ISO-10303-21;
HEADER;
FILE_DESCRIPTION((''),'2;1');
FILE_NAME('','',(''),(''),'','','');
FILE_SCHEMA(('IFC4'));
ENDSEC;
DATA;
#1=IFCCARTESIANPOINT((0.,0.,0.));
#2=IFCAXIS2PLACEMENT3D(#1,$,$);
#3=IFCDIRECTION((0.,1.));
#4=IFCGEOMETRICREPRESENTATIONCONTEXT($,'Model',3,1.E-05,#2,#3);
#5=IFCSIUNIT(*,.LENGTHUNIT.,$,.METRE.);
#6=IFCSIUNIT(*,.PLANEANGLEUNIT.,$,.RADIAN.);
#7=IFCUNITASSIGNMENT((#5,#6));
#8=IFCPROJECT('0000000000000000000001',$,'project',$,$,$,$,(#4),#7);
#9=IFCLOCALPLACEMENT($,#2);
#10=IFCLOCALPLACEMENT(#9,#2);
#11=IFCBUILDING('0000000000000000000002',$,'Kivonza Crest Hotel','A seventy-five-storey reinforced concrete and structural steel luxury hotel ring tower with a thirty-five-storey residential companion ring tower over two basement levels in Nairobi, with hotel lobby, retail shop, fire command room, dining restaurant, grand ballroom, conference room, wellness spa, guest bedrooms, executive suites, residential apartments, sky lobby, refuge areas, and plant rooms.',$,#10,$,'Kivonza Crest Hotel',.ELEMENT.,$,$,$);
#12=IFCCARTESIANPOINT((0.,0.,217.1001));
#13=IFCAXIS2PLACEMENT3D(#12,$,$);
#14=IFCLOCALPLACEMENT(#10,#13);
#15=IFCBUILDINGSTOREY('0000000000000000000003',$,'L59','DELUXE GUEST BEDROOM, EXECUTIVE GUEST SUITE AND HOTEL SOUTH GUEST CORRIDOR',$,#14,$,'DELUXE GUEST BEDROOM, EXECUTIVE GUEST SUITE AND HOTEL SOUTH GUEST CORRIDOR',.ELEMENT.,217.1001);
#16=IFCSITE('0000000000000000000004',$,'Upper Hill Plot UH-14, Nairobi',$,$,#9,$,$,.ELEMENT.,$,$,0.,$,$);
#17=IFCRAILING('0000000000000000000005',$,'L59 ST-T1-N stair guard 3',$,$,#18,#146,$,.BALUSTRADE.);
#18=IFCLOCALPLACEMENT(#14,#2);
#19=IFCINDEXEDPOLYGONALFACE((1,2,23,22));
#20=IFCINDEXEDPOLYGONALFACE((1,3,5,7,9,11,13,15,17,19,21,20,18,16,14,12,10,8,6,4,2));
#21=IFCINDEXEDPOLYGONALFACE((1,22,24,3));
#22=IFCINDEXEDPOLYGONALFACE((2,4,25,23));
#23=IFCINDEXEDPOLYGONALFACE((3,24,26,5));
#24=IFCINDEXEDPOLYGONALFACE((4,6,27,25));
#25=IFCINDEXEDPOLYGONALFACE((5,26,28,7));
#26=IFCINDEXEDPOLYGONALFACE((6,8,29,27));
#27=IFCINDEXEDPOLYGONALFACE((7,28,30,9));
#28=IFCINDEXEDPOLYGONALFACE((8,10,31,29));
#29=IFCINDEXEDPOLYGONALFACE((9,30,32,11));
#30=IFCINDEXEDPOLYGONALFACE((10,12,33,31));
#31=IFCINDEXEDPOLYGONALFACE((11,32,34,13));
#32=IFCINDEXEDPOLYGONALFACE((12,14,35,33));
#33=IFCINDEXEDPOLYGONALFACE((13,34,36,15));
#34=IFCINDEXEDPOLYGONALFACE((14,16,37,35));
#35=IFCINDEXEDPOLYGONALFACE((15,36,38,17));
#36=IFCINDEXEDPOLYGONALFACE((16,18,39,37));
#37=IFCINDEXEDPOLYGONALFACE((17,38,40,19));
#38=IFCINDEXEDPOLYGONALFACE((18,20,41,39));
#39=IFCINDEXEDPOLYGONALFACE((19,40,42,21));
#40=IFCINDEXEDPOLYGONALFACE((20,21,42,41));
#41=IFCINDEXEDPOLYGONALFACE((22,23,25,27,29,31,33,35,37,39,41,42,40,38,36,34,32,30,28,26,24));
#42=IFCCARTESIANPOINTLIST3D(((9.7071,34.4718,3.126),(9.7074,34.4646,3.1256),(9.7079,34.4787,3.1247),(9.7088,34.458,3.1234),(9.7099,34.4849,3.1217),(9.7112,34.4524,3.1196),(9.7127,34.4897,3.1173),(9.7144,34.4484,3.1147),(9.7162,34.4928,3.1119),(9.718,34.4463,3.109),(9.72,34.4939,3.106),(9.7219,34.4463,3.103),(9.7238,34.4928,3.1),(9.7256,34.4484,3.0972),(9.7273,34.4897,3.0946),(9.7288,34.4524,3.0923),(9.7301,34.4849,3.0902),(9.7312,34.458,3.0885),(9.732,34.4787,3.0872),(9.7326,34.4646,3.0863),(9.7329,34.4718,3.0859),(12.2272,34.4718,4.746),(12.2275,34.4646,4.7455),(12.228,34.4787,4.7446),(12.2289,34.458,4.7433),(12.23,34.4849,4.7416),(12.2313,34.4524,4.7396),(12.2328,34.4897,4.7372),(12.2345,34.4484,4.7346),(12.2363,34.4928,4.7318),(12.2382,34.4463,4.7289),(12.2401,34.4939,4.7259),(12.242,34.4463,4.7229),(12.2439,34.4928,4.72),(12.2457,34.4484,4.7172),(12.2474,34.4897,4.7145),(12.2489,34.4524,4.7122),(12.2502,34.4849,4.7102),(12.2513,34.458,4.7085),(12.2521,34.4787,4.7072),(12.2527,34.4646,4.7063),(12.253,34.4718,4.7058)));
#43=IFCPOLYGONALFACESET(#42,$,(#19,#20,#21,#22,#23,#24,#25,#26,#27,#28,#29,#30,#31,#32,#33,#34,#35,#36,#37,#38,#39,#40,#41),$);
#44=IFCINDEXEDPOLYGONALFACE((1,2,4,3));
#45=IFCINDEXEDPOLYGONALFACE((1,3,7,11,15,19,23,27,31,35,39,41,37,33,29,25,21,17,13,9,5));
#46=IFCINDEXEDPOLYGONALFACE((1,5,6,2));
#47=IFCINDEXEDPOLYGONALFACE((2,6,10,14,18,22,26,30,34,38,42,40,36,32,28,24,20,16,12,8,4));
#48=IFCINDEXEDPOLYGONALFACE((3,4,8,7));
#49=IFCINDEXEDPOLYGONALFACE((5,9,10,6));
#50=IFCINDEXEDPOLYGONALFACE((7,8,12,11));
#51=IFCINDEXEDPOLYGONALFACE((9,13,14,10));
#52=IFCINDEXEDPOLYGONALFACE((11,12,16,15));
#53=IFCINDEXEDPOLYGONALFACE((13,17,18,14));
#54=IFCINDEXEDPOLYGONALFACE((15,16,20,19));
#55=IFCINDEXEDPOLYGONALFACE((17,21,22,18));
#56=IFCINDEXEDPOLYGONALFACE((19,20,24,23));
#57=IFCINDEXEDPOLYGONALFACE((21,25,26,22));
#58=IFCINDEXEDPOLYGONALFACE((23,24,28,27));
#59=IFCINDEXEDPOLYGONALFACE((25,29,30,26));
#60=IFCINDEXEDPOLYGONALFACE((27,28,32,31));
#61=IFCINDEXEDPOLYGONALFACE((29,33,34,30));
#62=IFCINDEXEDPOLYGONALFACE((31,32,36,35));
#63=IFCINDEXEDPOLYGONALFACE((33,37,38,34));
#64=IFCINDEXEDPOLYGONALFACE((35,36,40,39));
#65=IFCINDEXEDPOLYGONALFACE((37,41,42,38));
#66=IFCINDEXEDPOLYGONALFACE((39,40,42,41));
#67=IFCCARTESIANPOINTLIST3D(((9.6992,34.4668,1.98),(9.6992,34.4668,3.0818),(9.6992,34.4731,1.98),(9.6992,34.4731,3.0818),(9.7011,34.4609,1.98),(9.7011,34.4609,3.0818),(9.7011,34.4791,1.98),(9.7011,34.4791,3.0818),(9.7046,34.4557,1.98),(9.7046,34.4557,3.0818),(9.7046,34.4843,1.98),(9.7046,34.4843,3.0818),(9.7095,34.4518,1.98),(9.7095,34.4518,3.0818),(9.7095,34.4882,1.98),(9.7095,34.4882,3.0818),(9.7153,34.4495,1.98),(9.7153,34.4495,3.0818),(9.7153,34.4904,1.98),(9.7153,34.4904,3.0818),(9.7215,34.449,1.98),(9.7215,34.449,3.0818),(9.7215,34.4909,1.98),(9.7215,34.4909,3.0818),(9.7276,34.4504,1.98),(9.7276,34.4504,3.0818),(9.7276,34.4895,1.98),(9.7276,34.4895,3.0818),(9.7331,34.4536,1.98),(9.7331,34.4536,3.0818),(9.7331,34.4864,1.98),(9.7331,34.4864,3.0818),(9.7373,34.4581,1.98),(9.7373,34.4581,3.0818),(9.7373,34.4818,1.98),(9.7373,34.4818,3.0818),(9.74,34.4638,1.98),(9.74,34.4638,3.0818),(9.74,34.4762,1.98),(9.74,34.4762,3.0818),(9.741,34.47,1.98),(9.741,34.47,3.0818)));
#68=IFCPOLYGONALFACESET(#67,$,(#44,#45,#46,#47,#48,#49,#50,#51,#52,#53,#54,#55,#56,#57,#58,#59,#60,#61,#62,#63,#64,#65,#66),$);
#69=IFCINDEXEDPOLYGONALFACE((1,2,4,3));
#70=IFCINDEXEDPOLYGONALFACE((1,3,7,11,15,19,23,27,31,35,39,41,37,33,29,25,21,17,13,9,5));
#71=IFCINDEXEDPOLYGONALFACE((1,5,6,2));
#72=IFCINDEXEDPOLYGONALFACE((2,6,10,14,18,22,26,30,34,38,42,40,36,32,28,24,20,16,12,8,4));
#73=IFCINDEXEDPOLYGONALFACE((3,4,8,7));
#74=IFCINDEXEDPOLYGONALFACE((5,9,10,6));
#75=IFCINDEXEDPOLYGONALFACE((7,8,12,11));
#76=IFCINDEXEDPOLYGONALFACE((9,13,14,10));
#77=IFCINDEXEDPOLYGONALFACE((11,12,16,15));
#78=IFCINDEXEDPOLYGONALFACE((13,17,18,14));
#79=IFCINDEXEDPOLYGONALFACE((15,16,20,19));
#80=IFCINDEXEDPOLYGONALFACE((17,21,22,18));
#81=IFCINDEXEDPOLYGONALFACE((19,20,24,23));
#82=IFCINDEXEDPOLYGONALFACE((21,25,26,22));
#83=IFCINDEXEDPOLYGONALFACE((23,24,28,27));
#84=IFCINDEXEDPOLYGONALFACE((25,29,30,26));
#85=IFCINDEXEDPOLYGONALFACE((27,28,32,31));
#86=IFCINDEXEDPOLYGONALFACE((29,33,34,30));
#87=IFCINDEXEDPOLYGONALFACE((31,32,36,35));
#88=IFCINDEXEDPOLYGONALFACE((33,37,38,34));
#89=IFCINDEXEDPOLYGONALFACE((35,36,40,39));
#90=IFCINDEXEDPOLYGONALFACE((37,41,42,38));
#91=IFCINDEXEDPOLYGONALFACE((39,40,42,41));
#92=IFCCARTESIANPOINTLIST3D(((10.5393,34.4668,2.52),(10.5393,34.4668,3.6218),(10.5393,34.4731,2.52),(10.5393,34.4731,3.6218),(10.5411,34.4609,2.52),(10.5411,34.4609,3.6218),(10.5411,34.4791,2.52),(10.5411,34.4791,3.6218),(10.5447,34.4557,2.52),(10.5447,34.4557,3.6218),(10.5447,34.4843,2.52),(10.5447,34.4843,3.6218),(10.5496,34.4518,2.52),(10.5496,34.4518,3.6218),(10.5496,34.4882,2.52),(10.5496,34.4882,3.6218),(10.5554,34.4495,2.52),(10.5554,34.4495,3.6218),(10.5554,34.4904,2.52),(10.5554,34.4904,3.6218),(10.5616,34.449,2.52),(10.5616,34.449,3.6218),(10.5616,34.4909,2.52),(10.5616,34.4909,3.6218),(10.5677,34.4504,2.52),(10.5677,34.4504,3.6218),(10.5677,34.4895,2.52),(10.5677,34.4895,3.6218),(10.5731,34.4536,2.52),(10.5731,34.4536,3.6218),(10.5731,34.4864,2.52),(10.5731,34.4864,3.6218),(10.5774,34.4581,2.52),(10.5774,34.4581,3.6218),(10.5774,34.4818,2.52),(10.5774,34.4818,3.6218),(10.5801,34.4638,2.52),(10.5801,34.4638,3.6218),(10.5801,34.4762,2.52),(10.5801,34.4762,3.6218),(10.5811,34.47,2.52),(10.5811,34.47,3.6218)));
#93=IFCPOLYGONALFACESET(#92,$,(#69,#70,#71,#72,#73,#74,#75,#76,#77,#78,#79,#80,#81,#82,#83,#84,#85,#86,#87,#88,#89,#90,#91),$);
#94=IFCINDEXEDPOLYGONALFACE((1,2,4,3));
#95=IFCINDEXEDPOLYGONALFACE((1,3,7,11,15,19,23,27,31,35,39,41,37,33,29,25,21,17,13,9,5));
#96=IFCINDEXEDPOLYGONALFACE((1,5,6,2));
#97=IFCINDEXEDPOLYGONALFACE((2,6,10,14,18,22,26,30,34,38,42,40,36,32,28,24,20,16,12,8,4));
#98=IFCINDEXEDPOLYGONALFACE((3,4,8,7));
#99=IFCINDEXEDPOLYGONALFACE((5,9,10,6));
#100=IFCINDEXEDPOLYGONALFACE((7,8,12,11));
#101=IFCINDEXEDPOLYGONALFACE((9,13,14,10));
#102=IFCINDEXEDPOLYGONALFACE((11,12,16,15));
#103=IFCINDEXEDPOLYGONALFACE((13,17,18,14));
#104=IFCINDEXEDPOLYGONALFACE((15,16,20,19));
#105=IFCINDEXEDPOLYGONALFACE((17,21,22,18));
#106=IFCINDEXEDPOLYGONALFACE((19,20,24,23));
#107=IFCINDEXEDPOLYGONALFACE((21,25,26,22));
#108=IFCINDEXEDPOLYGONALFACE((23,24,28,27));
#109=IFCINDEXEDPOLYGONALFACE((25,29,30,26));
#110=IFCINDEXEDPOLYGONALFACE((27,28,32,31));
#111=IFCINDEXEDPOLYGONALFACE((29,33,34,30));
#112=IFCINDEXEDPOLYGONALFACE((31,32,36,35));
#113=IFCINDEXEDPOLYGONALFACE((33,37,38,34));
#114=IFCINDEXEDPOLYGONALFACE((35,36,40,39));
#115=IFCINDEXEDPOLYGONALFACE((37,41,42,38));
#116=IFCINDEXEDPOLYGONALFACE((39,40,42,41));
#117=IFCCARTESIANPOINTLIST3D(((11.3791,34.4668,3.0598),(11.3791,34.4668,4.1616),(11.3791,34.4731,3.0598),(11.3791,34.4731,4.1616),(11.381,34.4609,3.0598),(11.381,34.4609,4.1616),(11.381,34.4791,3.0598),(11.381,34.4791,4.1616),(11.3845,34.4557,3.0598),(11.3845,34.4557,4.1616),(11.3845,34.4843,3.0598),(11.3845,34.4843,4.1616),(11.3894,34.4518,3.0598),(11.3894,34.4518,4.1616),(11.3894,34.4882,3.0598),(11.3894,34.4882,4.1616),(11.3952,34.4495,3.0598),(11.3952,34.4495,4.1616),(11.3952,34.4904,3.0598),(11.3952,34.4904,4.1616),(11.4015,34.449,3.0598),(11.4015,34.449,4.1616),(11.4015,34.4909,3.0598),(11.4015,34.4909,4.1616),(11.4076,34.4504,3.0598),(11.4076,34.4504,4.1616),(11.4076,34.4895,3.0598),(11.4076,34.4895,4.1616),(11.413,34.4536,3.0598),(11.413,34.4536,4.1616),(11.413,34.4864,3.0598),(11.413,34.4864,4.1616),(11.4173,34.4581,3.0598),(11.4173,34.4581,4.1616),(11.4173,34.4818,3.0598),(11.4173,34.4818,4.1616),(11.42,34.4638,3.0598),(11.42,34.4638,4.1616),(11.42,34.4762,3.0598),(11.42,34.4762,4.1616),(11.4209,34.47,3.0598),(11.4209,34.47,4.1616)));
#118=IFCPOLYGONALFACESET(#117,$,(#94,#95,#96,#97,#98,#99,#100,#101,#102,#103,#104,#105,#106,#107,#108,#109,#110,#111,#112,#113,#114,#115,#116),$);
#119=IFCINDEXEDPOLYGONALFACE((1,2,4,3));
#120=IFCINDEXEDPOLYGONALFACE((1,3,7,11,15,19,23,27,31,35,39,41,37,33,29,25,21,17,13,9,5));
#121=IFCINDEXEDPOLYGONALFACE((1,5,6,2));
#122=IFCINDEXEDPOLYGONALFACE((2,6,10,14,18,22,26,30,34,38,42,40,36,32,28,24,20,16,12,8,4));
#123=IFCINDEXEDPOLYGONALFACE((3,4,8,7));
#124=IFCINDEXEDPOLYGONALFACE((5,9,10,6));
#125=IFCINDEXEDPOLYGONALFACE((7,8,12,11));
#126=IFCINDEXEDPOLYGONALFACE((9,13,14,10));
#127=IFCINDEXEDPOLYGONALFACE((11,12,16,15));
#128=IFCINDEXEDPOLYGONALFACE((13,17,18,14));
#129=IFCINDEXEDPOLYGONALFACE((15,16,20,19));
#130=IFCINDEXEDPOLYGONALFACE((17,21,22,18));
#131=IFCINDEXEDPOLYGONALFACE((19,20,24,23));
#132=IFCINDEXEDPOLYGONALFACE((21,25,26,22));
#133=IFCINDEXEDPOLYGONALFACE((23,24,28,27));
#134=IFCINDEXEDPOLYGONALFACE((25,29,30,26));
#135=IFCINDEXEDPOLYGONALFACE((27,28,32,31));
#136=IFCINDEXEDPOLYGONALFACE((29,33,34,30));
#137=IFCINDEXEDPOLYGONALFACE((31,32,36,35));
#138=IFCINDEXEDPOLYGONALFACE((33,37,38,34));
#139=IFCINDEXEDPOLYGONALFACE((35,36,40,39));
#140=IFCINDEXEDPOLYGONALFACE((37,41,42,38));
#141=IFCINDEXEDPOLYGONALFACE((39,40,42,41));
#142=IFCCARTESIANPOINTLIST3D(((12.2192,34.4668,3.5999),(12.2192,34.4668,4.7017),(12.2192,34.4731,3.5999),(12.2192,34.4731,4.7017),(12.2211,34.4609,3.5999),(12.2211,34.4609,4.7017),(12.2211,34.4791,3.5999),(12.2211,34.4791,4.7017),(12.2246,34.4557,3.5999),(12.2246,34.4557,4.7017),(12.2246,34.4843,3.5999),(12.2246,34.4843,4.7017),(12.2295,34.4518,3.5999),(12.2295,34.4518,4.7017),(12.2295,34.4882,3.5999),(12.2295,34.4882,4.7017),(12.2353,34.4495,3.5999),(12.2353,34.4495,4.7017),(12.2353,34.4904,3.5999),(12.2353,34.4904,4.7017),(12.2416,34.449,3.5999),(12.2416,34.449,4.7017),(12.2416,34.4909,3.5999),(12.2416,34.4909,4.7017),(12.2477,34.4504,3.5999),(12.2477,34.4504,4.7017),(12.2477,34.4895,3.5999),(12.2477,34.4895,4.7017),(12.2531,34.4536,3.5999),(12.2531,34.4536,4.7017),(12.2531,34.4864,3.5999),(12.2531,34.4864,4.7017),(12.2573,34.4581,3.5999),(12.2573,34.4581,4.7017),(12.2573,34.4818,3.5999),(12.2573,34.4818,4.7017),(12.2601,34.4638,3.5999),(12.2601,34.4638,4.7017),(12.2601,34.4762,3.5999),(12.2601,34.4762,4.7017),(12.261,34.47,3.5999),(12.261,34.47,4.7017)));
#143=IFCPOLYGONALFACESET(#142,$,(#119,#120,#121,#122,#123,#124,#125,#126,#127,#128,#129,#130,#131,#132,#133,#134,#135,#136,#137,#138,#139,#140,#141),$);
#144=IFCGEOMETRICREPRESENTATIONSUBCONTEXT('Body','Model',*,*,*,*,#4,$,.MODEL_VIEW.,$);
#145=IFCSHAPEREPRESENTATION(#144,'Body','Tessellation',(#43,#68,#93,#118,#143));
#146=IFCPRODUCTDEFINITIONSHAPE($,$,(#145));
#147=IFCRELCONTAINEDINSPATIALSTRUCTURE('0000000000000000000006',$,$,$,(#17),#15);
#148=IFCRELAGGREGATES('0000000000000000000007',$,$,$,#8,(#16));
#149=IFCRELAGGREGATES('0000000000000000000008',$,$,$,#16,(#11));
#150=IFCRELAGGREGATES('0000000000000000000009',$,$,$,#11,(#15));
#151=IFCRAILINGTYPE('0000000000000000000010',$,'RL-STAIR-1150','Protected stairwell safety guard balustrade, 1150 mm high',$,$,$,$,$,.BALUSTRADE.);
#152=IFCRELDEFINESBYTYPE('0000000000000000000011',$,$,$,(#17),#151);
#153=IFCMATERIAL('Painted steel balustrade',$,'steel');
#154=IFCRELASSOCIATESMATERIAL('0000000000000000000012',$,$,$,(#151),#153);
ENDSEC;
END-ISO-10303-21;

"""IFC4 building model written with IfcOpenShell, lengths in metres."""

from ifc_helpers import new_model, si_unit, direction, frame, origin, origin_2d, place, context, subcontext, project, spatial, circle, extrude, material, type_object, element, save


model = new_model("IFC4")

# Units and contexts
model_context = context("Model", 3, precision=1e-05, world=origin(), true_north=direction((0.0, 1.0)))
body_context = subcontext(model_context, "Body", "Model", "MODEL_VIEW")
ifc_project = project(units=[si_unit("LENGTHUNIT", "METRE"), si_unit("PLANEANGLEUNIT", "RADIAN")], contexts=[model_context])

# Site, building, storey
site_placement = place(None, origin())
site = spatial("IfcSite", under=ifc_project, at=site_placement, Name="Upper Hill Plot UH-14, Nairobi", CompositionType="ELEMENT", RefElevation=0.0)
building_placement = place(site_placement, origin())
building = spatial("IfcBuilding", under=site, at=building_placement, Name="Kivonza Crest Hotel", Description="A seventy-five-storey reinforced concrete and structural steel luxury hotel ring tower with a thirty-five-storey residential companion ring tower over two basement levels in Nairobi, with hotel lobby, retail shop, fire command room, dining restaurant, grand ballroom, conference room, wellness spa, guest bedrooms, executive suites, residential apartments, sky lobby, refuge areas, and plant rooms.", LongName="Kivonza Crest Hotel", CompositionType="ELEMENT")
storey_placement = place(building_placement, frame((0.0, 0.0, 217.1001)))
storey = spatial("IfcBuildingStorey", under=building, at=storey_placement, Name="L59", Description="DELUXE GUEST BEDROOM, EXECUTIVE GUEST SUITE AND HOTEL SOUTH GUEST CORRIDOR", LongName="DELUXE GUEST BEDROOM, EXECUTIVE GUEST SUITE AND HOTEL SOUTH GUEST CORRIDOR", CompositionType="ELEMENT", Elevation=217.1001)

# Railing
ifc_material_1 = material(Name="Painted steel balustrade", Category="steel")
railing_type_1 = type_object("IfcRailingType", Name="RL-STAIR-1150", Description="Protected stairwell safety guard balustrade, 1150 mm high", PredefinedType="BALUSTRADE", material=ifc_material_1)
railing_1_placement = place(storey_placement, frame((9.72, 34.47, 1.98)))
element("IfcRailing", 1, at=railing_1_placement, inside=storey, type_object=railing_type_1, Name="L59 ST-T1-N stair guard 3", PredefinedType="BALUSTRADE", context=body_context, shape_type="SweptSolid", body=[
    extrude(circle(Radius=0.0239, at=origin_2d()), frame((0.0, 0.0, 1.126), z_axis=(0.8412, 0.0, 0.540725), x_axis=(0.0, 1.0, 0.0)), (0.0, 0.0, 1.0), 2.9958),
    extrude(circle(Radius=0.021, at=origin_2d()), origin(), (0.0, 0.0, 1.0), 1.1018),
    extrude(circle(Radius=0.021, at=origin_2d()), frame((0.8401, 0.0, 0.54)), (0.0, 0.0, 1.0), 1.1018),
    extrude(circle(Radius=0.021, at=origin_2d()), frame((1.6799, 0.0, 1.0798)), (0.0, 0.0, 1.0), 1.1018),
    extrude(circle(Radius=0.021, at=origin_2d()), frame((2.52, 0.0, 1.6199)), (0.0, 0.0, 1.0), 1.1018),
])

save(model, "model.ifc")
